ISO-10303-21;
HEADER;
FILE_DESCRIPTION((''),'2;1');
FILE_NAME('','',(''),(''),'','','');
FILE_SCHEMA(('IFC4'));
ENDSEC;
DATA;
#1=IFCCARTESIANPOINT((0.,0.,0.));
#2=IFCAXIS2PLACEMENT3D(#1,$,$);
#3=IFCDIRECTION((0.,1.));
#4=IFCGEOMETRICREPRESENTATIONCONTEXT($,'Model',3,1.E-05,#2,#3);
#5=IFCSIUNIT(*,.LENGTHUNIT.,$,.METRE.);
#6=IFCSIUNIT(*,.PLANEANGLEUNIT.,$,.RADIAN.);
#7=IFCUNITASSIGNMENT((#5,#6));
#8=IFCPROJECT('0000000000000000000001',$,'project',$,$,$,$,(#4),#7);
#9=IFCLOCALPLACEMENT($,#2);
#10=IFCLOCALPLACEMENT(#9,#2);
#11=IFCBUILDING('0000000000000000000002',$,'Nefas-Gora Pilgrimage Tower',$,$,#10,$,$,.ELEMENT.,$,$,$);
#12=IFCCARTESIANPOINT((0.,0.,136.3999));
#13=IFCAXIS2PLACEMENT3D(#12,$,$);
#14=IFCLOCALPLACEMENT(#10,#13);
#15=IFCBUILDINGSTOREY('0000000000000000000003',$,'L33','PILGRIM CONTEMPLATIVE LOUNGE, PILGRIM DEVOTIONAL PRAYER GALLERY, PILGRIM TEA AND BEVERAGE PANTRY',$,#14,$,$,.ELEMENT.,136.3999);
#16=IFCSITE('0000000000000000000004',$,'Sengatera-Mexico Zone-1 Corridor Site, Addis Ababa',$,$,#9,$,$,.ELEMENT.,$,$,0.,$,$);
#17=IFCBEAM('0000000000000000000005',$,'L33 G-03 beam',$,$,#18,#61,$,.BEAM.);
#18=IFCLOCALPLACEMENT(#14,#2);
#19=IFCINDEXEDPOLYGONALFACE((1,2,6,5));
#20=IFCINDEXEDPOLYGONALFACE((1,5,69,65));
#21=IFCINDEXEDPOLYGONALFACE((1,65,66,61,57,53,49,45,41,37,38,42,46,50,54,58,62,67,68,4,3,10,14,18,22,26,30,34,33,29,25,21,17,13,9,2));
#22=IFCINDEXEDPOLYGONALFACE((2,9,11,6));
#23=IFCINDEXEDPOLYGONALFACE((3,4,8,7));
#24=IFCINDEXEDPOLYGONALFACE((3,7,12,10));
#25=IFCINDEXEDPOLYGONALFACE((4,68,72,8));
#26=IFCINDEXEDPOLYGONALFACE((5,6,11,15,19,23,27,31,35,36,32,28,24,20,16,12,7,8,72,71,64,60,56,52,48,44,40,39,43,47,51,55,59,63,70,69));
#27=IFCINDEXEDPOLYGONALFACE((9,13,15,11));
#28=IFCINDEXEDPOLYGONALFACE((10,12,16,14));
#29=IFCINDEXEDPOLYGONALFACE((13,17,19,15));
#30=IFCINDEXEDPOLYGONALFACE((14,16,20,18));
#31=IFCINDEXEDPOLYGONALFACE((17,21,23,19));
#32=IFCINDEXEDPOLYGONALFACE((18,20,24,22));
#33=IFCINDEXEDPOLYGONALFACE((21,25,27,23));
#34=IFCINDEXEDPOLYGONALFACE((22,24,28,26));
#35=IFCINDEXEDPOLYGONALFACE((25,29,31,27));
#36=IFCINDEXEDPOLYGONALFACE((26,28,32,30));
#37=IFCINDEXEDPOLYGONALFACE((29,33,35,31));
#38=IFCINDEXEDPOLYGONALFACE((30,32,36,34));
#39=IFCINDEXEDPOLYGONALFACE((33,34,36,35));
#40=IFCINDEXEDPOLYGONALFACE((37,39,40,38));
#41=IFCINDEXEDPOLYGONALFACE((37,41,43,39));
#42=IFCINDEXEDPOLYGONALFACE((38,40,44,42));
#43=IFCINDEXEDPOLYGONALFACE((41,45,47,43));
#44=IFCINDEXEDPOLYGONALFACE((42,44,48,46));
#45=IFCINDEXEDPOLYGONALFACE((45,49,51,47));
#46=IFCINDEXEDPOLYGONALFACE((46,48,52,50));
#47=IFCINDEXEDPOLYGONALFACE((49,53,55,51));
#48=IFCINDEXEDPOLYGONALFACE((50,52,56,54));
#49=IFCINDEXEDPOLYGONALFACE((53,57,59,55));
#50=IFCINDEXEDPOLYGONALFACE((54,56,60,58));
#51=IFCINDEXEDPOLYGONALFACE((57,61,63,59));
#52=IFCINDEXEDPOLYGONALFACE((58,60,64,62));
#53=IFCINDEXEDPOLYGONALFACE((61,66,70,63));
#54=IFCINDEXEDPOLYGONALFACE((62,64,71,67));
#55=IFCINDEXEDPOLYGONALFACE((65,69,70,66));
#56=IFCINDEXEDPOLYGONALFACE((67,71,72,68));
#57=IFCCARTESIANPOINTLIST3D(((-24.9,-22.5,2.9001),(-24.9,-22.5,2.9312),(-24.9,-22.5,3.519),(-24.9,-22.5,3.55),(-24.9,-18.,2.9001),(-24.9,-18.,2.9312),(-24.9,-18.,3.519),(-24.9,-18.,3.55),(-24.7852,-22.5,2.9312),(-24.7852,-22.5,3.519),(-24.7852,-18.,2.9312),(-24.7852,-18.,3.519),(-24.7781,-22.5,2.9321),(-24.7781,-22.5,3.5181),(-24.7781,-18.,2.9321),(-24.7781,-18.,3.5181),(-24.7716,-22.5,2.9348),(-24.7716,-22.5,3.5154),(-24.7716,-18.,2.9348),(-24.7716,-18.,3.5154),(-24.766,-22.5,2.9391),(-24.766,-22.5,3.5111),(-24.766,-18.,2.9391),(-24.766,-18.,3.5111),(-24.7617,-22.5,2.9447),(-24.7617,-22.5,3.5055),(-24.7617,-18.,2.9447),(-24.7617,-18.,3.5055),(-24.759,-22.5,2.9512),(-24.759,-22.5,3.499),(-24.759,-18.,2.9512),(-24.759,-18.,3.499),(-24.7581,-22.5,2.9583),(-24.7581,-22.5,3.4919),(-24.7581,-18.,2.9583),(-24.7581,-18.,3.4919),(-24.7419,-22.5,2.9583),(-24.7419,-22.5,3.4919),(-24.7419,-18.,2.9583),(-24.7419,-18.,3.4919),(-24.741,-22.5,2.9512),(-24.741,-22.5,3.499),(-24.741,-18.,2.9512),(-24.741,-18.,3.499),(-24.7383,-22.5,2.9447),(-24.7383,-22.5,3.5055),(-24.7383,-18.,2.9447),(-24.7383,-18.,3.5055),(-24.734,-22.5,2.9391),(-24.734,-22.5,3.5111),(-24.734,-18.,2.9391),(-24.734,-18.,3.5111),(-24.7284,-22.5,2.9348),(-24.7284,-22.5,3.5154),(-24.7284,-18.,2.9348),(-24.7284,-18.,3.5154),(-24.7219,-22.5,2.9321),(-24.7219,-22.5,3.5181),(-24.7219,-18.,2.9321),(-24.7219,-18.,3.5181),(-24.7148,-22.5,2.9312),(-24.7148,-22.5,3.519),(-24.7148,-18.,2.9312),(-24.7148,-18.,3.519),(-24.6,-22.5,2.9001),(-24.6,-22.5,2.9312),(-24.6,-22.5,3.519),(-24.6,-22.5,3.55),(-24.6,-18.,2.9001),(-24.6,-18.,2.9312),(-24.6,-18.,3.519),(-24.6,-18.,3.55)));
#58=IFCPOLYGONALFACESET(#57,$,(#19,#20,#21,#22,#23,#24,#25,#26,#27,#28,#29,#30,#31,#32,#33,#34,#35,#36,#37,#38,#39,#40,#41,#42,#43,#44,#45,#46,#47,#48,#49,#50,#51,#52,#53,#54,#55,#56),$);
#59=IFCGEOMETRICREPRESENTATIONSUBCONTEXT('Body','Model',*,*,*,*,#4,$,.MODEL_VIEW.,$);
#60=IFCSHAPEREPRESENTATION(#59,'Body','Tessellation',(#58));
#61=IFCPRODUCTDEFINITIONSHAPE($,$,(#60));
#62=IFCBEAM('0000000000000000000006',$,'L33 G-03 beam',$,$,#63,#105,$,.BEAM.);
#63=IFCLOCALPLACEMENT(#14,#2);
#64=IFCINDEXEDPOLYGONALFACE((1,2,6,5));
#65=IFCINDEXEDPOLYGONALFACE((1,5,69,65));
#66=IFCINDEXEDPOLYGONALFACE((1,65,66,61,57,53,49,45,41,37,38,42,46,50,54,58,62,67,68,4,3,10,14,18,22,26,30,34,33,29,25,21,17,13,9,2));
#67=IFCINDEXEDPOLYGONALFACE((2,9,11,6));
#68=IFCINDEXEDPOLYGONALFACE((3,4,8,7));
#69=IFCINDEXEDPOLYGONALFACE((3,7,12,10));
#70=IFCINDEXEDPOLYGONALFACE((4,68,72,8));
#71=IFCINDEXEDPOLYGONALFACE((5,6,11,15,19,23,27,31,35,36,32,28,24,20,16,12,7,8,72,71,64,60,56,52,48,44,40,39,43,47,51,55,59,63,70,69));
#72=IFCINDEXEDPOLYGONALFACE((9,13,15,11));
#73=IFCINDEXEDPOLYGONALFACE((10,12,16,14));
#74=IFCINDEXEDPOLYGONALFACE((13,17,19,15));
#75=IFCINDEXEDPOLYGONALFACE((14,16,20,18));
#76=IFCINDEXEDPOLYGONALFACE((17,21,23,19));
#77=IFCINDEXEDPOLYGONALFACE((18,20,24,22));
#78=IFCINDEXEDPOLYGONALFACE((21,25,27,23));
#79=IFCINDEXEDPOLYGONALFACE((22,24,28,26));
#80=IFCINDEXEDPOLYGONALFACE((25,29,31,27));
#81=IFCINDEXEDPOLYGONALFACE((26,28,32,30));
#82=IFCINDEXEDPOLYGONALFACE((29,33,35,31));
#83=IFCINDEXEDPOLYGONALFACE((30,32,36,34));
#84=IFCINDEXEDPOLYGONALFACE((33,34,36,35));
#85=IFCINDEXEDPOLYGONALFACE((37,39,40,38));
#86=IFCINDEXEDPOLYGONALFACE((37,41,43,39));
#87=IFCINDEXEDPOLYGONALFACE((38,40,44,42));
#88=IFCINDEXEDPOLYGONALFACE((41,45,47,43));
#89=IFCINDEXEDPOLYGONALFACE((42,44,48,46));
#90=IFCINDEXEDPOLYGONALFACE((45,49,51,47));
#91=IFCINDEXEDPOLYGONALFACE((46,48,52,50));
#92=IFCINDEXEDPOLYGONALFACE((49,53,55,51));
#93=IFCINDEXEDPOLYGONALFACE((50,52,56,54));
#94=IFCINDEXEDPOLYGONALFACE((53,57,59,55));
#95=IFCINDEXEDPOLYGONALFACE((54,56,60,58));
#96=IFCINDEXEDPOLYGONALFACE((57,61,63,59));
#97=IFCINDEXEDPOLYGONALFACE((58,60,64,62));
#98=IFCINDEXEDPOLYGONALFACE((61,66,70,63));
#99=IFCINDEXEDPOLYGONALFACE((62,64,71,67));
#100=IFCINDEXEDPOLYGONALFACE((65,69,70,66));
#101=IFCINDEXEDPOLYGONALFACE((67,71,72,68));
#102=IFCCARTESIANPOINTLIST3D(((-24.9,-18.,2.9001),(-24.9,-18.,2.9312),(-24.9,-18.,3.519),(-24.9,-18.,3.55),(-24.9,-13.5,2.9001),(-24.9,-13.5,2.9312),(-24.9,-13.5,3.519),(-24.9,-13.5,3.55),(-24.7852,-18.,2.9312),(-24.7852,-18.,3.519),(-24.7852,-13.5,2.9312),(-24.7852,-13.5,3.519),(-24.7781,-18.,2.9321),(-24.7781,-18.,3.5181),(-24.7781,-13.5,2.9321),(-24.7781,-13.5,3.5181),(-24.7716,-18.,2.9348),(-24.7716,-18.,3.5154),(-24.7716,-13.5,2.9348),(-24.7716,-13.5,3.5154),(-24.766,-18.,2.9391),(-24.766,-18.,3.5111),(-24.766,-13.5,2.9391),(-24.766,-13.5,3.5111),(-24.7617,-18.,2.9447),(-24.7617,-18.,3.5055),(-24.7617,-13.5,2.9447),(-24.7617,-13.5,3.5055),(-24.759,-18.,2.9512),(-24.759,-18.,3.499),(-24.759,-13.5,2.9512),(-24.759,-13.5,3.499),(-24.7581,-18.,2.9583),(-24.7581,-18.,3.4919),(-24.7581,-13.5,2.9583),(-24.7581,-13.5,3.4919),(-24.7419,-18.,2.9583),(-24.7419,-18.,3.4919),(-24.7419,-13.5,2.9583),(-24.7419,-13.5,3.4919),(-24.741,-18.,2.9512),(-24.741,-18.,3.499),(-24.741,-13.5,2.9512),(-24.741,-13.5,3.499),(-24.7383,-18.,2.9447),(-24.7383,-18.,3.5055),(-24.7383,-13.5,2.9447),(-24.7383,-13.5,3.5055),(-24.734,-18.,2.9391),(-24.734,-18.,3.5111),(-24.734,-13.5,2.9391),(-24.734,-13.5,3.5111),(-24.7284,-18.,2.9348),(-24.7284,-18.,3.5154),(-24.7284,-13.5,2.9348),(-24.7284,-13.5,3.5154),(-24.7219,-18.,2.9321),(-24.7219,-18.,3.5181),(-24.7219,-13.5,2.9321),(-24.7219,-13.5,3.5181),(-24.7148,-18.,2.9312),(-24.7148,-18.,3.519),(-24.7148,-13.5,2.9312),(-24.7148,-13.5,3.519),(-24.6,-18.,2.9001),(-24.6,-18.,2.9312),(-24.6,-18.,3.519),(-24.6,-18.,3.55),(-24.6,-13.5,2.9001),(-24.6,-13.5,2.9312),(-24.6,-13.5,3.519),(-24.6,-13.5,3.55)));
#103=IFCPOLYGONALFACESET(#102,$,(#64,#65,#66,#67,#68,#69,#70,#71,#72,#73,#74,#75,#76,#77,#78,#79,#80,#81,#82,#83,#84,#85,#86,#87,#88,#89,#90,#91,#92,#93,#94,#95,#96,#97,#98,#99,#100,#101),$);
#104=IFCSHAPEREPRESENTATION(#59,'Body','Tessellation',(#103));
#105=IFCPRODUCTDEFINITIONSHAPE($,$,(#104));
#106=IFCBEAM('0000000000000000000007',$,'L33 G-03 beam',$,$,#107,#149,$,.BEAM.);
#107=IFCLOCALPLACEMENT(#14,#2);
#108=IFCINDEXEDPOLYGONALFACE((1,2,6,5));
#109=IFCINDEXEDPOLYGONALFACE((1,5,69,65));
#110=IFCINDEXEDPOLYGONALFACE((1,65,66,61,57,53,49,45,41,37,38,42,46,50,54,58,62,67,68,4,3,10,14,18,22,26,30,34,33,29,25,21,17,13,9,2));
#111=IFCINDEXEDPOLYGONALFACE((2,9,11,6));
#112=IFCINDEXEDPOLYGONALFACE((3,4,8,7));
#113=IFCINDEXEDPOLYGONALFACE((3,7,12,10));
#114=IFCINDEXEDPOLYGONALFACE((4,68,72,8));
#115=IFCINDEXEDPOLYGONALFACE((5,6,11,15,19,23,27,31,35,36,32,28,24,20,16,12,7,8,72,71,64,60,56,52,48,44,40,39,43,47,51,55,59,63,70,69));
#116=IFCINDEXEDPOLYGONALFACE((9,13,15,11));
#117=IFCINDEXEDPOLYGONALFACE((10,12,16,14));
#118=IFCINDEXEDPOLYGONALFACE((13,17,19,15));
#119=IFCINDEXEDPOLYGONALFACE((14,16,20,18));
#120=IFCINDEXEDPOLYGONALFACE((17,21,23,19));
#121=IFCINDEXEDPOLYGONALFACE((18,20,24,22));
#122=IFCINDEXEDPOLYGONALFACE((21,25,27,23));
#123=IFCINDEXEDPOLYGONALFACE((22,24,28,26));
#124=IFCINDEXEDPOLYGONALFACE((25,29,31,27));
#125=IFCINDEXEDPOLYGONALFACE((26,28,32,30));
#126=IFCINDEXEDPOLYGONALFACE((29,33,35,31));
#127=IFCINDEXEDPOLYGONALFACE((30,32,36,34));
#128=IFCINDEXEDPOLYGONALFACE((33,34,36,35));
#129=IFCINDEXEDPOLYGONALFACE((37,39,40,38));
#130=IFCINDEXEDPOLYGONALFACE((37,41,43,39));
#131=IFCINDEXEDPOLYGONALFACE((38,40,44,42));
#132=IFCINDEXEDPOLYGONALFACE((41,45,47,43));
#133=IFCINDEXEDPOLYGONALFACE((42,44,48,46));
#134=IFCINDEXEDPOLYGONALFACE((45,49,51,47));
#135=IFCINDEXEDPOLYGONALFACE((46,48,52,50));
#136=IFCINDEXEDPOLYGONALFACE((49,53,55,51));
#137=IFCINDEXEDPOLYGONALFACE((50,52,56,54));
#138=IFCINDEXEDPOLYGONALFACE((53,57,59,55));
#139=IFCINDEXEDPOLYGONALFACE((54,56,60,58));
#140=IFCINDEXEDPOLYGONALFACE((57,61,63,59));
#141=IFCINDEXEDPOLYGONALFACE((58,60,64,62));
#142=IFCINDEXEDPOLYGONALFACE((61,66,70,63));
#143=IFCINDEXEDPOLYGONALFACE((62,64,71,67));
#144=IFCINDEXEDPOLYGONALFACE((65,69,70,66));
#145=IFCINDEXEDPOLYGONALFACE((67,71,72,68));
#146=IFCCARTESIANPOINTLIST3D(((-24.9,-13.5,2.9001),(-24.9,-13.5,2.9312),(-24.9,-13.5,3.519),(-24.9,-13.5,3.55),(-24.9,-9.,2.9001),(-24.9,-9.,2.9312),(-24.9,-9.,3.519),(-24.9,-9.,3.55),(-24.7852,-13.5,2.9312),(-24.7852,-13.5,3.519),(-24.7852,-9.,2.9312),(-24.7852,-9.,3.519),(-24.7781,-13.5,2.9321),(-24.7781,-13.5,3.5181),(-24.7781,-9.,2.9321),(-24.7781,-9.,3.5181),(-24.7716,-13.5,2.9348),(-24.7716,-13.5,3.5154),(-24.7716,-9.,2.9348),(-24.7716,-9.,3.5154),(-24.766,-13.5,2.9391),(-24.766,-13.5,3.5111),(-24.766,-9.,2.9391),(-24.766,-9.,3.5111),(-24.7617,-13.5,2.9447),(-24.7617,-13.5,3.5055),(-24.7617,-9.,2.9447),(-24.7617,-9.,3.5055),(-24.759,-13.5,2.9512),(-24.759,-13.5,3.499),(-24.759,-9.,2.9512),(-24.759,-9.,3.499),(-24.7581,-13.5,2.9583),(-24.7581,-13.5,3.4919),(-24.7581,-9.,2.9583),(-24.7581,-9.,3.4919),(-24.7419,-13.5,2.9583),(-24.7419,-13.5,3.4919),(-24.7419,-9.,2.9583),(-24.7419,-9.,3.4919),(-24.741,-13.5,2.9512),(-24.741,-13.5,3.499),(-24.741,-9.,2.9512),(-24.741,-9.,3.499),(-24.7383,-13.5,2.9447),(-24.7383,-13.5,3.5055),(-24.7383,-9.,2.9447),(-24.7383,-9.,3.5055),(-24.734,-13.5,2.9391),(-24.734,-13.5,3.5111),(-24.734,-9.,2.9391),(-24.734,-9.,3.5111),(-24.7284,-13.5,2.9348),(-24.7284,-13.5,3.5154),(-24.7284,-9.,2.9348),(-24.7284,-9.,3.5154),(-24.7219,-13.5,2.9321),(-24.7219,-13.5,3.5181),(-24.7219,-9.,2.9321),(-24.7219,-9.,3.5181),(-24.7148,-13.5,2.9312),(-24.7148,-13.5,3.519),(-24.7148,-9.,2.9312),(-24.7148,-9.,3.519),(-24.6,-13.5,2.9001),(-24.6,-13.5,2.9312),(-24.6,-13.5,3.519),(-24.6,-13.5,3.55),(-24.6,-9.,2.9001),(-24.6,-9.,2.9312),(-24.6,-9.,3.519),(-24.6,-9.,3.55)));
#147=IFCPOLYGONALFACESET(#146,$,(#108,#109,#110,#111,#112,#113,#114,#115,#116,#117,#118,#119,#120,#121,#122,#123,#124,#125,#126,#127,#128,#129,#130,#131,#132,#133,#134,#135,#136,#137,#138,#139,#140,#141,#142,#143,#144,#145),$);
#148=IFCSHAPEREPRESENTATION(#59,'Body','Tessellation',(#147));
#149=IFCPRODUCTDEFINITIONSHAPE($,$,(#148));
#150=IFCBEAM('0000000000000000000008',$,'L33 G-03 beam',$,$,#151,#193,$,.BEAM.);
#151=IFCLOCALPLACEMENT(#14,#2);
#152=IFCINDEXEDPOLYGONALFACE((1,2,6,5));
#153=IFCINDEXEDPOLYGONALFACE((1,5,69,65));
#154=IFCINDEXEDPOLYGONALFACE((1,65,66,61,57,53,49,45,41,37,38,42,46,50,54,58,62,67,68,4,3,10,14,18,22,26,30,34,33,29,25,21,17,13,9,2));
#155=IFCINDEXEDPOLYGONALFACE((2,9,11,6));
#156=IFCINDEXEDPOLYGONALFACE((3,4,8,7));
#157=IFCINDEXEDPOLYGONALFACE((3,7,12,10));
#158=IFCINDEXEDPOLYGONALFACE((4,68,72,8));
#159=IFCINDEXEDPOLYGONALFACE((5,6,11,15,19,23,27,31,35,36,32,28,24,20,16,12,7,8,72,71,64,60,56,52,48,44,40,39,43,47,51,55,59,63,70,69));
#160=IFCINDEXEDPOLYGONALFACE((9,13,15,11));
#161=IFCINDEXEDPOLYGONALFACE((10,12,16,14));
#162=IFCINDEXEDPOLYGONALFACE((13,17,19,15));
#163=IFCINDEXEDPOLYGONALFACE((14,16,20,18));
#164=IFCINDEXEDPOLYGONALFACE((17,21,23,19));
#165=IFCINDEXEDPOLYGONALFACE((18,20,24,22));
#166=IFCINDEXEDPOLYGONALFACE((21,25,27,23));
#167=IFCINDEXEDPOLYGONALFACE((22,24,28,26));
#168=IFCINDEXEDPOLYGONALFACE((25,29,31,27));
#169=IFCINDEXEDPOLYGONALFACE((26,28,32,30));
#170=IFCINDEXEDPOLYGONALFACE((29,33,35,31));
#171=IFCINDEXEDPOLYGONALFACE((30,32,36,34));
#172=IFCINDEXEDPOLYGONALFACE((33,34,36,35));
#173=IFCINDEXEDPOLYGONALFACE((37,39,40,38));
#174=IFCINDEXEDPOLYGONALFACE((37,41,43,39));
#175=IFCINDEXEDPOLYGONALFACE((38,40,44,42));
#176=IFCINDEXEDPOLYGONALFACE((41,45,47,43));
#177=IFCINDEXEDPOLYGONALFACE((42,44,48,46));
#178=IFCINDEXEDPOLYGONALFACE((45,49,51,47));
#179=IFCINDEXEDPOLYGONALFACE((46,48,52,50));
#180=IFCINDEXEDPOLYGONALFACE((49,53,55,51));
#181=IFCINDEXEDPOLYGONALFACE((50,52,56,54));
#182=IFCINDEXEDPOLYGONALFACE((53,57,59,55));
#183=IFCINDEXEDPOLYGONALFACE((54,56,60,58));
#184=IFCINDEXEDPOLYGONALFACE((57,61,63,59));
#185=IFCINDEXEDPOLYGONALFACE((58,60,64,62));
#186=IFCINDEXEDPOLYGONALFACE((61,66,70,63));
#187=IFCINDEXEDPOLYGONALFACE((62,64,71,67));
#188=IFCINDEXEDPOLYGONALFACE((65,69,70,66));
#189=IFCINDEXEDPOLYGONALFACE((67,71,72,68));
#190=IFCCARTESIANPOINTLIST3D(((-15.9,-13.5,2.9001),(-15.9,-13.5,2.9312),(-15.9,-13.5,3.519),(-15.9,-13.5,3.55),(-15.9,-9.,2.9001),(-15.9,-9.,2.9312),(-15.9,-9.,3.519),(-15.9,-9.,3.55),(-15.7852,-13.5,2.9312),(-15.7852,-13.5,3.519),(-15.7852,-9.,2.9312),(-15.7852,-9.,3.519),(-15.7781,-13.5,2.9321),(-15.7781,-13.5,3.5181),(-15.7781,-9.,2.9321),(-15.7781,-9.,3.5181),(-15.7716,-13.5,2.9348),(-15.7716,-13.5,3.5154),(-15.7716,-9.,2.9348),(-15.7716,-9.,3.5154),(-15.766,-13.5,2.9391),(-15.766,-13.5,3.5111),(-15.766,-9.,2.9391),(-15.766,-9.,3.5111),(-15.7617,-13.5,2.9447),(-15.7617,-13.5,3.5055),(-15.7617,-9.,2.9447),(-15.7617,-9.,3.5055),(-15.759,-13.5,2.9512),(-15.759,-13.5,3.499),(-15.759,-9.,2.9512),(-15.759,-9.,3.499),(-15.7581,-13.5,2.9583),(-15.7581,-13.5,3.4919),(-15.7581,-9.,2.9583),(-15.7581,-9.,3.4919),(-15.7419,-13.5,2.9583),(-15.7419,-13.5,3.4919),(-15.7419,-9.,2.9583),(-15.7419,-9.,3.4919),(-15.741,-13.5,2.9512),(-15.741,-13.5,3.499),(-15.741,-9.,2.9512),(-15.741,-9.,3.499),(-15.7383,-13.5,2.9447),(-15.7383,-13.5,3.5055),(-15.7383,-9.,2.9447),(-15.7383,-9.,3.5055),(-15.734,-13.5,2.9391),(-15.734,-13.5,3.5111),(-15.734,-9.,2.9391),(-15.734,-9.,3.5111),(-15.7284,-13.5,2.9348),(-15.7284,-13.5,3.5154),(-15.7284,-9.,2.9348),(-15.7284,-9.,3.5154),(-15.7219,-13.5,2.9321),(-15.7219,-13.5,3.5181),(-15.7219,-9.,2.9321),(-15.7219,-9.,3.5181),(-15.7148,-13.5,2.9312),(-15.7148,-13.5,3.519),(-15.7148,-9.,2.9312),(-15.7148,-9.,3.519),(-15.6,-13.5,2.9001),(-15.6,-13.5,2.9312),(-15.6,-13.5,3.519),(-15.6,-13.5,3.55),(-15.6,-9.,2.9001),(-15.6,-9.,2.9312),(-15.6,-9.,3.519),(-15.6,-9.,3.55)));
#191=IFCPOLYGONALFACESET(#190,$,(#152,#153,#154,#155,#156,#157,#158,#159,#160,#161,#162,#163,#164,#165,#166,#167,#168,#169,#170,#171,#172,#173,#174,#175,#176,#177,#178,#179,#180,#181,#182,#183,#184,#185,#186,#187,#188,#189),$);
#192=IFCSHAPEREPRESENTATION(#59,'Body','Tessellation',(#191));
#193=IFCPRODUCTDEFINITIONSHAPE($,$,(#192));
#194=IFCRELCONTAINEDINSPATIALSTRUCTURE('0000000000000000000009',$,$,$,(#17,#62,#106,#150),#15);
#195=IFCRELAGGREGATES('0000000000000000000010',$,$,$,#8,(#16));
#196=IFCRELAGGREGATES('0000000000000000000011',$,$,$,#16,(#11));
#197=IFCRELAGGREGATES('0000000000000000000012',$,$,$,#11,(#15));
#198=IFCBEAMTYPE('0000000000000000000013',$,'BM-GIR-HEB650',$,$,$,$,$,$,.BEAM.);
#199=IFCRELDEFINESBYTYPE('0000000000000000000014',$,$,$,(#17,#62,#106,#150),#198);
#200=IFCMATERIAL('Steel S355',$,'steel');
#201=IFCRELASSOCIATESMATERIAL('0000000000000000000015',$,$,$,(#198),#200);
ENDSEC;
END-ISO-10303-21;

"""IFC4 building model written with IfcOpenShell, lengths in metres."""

from ifc_helpers import new_model, si_unit, direction, frame, origin, origin_2d, place, context, subcontext, project, spatial, i_section, extrude, source, transform, mapped, material, material_profile, profile_set, type_object, element, save


model = new_model("IFC4")

# Units and contexts
model_context = context("Model", 3, precision=1e-05, world=origin(), true_north=direction((0.0, 1.0)))
body_context = subcontext(model_context, "Body", "Model", "MODEL_VIEW")
ifc_project = project(units=[si_unit("LENGTHUNIT", "METRE"), si_unit("PLANEANGLEUNIT", "RADIAN")], contexts=[model_context])

# Site, building, storey
site_placement = place(None, origin())
site = spatial("IfcSite", under=ifc_project, at=site_placement, Name="Sengatera-Mexico Zone-1 Corridor Site, Addis Ababa", CompositionType="ELEMENT", RefElevation=0.0)
building_placement = place(site_placement, origin())
building = spatial("IfcBuilding", under=site, at=building_placement, Name="Nefas-Gora Pilgrimage Tower", CompositionType="ELEMENT")
storey_placement = place(building_placement, frame((0.0, 0.0, 136.3999)))
storey = spatial("IfcBuildingStorey", under=building, at=storey_placement, Name="L33", Description="PILGRIM CONTEMPLATIVE LOUNGE, PILGRIM DEVOTIONAL PRAYER GALLERY, PILGRIM TEA AND BEVERAGE PANTRY", CompositionType="ELEMENT", Elevation=136.3999)

# Beams
ifc_material_1 = material(Name="Steel S355", Category="steel")
ifc_material_profile_1 = material_profile(ifc_material_1, i_section(OverallWidth=0.3, OverallDepth=0.6499, WebThickness=0.0161, FlangeThickness=0.031, FilletRadius=0.0271, at=origin_2d()), Name="HEB 650")
ifc_profile_set_1 = profile_set([ifc_material_profile_1], Name="Steel S355")
beam_type_1 = type_object("IfcBeamType", Name="BM-GIR-HEB650", PredefinedType="BEAM", material=ifc_profile_set_1)
shared_shape_1 = source(origin(), body_context, "Body", "SweptSolid", [
    extrude(i_section(OverallWidth=0.3, OverallDepth=0.6499, WebThickness=0.0161, FlangeThickness=0.031, FilletRadius=0.0271, at=origin_2d()), origin(), (0.0, 0.0, 1.0), 4.5),
])
for number, where, z_axis, x_axis, name in (
    (1, (-24.75, -22.5, 3.2251), (0.0, 1.0, 0.0), (-1.0, 0.0, 0.0), "L33 G-03 beam"),
    (2, (-24.75, -18.0, 3.2251), (0.0, 1.0, 0.0), (-1.0, 0.0, 0.0), "L33 G-03 beam"),
    (3, (-24.75, -13.5, 3.2251), (0.0, 1.0, 0.0), (-1.0, 0.0, 0.0), "L33 G-03 beam"),
    (4, (-15.75, -13.5, 3.2251), (0.0, 1.0, 0.0), (-1.0, 0.0, 0.0), "L33 G-03 beam"),
):
    element("IfcBeam", number, at=place(storey_placement, frame(where, z_axis=z_axis, x_axis=x_axis)), inside=storey, type_object=beam_type_1, Name=name, PredefinedType="BEAM", context=body_context, shape_type="MappedRepresentation", body=[
        mapped(shared_shape_1, transform((0.0, 0.0, 0.0), x_axis=(1.0, 0.0, 0.0), y_axis=(0.0, 1.0, 0.0), z_axis=(0.0, 0.0, 1.0), scale=1.0)),
    ])

save(model, "model.ifc")
